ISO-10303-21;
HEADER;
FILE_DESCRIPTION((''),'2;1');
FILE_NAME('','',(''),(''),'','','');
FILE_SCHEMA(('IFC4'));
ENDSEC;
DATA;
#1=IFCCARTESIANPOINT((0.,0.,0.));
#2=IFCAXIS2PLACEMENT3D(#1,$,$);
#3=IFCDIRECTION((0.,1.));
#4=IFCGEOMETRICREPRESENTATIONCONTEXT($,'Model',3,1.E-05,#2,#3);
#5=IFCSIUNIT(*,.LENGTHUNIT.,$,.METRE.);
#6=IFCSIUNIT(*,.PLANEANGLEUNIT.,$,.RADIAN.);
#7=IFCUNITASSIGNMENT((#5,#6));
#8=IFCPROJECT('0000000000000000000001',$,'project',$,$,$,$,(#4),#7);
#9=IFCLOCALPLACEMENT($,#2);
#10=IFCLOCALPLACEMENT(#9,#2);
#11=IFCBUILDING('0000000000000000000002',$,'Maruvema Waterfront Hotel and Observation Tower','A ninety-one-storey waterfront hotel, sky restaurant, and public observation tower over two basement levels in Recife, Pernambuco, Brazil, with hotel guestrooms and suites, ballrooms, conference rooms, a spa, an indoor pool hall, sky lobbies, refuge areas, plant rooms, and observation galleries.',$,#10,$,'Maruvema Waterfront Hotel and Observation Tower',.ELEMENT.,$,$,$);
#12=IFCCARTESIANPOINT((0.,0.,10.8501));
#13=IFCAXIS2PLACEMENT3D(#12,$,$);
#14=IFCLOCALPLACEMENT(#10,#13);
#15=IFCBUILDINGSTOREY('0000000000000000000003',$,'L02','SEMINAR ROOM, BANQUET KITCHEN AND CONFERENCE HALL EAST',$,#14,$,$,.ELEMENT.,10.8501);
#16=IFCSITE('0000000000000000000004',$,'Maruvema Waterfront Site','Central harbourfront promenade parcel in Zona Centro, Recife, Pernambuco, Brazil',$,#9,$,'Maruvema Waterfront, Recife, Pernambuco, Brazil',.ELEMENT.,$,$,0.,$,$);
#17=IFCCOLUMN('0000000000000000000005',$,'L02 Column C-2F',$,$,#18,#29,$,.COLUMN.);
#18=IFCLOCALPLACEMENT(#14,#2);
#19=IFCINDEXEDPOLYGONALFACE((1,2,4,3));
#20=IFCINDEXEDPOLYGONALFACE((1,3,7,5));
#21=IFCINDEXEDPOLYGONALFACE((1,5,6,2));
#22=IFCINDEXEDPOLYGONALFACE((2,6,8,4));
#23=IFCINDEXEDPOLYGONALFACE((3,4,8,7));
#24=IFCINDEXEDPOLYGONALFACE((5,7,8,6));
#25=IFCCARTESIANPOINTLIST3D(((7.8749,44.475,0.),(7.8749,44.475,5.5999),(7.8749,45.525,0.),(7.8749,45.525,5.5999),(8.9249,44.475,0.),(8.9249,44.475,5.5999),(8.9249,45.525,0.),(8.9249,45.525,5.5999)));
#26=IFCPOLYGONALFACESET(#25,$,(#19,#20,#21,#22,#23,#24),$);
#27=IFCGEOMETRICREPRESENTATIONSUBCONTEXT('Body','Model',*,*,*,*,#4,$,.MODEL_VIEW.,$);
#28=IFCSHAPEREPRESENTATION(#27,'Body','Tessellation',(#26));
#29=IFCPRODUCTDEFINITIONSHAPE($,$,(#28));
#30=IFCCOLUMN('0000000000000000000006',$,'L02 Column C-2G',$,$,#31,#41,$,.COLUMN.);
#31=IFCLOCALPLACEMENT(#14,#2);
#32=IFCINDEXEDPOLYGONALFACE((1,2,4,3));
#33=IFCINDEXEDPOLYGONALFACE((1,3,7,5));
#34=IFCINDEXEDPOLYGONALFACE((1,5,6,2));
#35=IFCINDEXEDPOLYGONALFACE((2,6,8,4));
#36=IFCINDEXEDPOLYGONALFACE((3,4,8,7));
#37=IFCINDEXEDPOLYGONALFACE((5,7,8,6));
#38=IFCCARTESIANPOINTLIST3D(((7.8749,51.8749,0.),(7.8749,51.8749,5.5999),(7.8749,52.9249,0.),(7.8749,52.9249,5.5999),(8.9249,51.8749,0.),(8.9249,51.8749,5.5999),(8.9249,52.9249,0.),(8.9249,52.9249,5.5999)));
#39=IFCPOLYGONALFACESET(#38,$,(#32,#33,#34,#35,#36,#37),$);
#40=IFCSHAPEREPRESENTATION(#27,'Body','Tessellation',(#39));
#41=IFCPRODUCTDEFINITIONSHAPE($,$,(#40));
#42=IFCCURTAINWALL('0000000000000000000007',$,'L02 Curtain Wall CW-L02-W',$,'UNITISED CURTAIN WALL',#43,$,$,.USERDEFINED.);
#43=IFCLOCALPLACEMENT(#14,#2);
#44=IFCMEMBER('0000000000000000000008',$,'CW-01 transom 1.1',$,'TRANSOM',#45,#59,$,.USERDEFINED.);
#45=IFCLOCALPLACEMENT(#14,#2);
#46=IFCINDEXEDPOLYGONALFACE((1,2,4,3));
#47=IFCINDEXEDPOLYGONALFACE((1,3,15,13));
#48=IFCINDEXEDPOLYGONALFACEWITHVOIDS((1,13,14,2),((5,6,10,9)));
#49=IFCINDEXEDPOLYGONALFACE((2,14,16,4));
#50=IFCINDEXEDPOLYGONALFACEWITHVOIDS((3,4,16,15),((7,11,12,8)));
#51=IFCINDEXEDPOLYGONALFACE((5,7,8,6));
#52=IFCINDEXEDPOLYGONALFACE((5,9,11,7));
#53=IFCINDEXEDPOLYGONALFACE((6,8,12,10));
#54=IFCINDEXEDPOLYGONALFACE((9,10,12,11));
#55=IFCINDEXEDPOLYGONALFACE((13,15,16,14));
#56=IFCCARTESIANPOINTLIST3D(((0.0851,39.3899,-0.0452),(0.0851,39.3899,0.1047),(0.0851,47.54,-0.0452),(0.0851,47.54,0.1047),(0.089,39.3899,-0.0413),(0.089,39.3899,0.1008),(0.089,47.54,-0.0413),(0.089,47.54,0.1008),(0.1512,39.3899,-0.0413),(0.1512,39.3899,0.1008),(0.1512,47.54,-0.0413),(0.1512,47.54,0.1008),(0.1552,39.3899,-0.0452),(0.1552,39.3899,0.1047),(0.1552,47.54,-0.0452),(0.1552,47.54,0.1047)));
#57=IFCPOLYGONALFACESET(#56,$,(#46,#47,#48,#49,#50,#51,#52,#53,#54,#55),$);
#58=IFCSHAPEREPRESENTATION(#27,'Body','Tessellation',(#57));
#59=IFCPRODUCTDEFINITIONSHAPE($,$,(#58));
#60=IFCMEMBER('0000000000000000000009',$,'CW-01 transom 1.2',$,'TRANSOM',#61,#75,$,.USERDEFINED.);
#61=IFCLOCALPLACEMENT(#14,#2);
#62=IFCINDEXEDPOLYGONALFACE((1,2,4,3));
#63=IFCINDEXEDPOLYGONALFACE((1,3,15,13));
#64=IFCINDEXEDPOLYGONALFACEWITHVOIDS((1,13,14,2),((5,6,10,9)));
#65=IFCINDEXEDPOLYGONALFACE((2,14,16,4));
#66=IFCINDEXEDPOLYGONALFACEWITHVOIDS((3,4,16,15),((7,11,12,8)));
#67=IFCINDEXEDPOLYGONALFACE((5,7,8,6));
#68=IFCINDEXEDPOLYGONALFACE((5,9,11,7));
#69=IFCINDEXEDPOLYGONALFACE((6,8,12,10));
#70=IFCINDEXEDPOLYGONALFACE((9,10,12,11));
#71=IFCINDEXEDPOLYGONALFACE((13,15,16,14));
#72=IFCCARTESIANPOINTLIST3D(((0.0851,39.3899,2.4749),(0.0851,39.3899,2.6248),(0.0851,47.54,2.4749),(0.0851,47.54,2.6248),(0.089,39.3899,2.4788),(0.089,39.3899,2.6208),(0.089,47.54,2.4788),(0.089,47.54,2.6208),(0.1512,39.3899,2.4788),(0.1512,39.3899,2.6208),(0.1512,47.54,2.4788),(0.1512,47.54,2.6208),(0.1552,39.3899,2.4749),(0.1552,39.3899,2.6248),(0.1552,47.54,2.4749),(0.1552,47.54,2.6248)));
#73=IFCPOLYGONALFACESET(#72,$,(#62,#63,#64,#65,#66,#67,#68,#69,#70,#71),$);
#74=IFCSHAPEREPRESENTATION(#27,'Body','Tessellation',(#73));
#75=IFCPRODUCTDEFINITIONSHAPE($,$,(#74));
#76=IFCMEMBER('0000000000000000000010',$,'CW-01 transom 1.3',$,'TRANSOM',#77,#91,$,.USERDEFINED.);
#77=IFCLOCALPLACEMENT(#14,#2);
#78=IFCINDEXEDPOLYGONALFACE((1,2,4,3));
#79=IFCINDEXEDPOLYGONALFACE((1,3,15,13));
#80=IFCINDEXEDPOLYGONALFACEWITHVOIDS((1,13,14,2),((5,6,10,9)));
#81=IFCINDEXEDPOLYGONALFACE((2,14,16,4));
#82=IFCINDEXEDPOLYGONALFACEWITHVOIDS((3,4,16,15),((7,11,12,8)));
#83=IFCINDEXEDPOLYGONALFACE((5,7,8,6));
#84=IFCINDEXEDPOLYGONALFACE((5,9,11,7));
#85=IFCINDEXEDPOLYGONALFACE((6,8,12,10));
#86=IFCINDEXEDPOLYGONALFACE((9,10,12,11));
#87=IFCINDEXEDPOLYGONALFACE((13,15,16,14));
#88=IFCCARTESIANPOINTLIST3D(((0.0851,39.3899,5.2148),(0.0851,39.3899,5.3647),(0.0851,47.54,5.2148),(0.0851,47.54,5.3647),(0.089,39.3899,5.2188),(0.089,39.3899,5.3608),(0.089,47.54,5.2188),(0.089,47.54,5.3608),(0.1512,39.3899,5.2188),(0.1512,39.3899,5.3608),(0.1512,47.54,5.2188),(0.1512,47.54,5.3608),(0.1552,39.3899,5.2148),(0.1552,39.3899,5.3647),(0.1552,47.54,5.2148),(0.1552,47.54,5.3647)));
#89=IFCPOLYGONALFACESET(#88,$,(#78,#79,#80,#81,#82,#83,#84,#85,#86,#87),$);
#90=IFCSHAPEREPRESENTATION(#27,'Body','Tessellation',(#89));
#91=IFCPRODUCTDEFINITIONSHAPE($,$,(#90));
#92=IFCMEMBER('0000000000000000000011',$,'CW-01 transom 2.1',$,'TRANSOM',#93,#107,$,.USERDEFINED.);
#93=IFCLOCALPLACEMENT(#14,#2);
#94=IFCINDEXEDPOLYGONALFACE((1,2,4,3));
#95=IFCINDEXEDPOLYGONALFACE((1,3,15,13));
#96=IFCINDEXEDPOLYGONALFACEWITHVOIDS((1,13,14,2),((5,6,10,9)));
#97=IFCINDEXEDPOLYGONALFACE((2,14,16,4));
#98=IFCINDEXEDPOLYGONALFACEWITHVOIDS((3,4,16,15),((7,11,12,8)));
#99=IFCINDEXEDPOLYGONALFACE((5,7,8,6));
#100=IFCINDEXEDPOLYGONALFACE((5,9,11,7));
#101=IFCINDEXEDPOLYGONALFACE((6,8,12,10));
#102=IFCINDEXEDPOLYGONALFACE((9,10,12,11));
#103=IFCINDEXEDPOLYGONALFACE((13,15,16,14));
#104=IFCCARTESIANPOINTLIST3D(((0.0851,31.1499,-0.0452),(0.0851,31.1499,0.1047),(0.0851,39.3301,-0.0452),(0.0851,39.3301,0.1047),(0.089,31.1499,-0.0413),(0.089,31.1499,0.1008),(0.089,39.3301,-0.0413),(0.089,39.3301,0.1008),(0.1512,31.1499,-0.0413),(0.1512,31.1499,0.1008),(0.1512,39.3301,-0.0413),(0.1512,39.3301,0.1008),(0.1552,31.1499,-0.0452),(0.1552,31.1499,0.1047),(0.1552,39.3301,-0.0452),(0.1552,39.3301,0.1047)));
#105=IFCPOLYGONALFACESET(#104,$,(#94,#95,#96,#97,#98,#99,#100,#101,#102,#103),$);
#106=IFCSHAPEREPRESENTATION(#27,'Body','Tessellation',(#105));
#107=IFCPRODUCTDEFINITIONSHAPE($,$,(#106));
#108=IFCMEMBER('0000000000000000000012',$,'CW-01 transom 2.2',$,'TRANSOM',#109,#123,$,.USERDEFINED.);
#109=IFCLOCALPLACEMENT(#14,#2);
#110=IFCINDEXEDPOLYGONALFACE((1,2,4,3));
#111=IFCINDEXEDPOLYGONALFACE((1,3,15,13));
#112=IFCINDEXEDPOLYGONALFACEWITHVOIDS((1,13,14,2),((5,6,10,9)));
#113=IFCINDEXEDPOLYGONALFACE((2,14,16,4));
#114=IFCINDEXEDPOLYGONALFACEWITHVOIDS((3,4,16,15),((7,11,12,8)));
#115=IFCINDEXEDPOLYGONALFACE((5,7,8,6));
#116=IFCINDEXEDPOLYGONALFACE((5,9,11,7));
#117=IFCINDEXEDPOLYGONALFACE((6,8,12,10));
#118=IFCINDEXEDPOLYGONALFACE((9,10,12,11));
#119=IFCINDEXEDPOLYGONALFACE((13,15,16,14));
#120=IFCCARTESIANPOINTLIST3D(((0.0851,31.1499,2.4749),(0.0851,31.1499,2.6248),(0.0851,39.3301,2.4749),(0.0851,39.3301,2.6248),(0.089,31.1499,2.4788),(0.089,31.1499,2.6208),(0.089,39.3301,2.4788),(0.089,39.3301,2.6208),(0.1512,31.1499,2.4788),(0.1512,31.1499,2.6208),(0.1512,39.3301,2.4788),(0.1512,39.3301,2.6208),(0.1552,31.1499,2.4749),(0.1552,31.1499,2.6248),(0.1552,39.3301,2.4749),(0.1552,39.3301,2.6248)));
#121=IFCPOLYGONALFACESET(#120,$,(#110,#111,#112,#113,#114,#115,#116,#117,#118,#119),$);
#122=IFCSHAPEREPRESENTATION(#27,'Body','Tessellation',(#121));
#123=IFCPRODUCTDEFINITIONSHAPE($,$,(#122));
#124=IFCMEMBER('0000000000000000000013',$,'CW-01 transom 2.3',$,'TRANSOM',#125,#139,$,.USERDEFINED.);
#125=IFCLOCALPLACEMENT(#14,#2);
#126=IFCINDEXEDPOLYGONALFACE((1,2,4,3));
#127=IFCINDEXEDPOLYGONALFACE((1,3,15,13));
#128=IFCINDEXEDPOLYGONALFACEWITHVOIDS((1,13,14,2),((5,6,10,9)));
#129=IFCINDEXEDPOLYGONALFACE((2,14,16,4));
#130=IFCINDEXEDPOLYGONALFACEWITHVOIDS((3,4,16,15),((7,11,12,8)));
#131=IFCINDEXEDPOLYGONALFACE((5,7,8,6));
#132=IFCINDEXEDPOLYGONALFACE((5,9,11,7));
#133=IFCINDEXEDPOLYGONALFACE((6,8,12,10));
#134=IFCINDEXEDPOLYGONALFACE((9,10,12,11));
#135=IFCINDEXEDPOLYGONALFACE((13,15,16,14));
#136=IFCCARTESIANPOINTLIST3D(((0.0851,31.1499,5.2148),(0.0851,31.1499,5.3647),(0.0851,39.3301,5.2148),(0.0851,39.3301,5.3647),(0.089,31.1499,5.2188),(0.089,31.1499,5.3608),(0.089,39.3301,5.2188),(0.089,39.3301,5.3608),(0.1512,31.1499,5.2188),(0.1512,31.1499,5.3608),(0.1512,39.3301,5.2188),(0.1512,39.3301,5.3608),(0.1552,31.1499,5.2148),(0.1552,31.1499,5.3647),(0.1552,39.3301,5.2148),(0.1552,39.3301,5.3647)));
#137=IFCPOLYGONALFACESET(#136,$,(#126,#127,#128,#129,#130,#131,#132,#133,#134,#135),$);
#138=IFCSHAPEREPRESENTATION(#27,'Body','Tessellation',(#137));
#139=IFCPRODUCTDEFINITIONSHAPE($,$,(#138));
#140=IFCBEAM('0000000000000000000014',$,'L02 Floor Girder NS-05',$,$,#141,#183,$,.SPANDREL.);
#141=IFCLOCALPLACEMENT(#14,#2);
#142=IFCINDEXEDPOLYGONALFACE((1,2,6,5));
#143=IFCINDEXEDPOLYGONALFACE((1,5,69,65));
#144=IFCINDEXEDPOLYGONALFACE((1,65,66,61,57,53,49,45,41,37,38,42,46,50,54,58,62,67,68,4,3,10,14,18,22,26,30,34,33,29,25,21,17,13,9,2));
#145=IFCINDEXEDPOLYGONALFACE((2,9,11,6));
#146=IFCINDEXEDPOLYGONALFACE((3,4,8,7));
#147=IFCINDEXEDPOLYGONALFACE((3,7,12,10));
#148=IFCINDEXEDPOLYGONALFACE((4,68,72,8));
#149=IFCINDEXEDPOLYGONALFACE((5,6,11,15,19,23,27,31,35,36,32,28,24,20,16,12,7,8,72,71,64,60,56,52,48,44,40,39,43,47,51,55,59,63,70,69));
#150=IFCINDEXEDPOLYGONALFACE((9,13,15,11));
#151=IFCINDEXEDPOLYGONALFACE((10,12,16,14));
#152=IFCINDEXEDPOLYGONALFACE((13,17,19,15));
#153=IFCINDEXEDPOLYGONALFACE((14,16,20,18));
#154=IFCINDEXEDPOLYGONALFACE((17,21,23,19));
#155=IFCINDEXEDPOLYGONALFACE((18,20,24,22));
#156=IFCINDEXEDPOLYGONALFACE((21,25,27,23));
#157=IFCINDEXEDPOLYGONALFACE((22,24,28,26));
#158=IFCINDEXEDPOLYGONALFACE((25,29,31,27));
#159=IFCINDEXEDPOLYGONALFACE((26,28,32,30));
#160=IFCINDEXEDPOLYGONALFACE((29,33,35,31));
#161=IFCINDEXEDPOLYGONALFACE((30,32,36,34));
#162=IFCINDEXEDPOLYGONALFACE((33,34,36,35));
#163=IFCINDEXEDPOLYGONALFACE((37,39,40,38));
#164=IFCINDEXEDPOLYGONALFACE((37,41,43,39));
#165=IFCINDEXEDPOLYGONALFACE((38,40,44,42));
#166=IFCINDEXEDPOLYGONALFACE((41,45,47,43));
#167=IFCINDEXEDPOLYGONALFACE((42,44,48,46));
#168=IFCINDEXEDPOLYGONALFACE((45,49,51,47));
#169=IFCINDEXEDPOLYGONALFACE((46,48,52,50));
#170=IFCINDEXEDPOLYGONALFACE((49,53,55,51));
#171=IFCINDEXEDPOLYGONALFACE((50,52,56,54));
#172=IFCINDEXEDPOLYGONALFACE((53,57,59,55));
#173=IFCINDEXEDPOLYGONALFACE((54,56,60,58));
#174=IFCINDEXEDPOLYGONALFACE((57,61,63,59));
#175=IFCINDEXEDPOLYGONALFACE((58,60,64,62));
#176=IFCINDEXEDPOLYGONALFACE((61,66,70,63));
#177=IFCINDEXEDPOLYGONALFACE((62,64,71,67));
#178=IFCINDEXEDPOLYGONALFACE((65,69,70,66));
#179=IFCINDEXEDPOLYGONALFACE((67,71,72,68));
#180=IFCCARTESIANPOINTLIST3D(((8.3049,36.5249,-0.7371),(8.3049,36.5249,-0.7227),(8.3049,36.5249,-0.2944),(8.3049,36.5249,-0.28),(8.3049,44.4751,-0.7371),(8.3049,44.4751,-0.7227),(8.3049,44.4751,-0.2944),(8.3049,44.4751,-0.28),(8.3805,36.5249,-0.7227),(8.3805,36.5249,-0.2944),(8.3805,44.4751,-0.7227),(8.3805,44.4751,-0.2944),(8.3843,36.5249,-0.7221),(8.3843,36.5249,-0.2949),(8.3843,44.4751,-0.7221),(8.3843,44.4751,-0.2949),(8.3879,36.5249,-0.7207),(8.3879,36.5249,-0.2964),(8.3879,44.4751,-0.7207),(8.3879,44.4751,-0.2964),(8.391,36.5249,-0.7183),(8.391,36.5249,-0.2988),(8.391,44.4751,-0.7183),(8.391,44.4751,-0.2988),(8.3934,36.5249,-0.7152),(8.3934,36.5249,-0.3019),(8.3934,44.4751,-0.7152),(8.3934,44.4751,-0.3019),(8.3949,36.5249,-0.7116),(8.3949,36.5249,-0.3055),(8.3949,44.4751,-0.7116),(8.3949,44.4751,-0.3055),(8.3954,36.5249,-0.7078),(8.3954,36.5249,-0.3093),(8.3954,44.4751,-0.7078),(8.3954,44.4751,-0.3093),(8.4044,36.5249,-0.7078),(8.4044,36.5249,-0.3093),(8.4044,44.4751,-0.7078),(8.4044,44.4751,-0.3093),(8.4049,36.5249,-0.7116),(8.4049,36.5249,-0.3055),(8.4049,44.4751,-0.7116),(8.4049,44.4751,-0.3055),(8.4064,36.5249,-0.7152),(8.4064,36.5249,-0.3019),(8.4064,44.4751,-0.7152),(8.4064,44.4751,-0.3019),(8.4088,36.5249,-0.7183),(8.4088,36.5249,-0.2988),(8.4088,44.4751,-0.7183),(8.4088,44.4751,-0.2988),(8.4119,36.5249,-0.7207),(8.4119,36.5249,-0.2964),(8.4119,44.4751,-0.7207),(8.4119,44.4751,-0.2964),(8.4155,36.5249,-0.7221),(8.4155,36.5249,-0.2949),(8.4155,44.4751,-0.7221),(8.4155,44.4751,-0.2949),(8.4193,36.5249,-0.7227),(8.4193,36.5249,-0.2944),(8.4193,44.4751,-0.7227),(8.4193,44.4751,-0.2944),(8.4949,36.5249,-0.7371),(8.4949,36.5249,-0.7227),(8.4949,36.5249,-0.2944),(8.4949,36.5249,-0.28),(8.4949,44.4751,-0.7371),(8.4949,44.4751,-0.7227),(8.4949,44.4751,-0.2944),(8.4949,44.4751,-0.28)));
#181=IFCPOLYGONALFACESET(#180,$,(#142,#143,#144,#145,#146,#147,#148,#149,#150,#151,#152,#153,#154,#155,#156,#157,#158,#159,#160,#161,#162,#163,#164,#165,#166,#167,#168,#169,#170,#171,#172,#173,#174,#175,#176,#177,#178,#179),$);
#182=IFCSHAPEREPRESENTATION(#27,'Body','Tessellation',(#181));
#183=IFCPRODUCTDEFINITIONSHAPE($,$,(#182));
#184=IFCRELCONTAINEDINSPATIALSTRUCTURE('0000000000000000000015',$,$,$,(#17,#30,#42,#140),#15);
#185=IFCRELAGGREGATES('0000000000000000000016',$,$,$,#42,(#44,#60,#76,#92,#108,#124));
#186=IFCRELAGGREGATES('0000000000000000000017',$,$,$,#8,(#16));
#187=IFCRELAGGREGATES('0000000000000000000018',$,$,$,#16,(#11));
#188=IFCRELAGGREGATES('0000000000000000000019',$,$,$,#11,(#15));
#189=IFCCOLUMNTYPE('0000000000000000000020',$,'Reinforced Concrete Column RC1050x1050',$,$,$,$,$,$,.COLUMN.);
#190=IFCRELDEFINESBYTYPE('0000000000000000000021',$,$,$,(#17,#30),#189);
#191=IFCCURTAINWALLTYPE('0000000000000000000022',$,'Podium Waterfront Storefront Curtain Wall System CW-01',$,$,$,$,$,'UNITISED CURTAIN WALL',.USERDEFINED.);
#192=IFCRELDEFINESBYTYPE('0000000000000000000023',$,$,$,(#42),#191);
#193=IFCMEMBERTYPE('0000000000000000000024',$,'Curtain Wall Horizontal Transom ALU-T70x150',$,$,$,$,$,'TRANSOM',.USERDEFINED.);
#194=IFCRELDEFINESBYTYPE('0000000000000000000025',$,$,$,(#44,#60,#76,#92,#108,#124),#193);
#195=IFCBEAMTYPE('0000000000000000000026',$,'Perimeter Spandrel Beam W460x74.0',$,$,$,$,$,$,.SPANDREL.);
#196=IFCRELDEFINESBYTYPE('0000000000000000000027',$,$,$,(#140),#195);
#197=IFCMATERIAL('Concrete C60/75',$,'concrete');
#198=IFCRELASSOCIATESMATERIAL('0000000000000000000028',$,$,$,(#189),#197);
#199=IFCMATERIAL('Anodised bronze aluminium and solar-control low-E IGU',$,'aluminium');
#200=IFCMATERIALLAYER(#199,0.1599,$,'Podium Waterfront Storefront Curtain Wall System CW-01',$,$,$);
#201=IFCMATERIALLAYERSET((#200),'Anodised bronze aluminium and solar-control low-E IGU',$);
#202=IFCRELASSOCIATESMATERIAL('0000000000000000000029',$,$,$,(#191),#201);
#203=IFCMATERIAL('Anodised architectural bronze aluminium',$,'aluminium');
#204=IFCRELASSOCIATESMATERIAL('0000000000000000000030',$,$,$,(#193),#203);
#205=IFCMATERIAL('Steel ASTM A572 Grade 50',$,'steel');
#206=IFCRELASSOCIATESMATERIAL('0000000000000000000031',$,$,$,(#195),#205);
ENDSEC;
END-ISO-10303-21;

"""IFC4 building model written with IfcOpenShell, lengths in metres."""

from ifc_helpers import new_model, si_unit, direction, frame, origin, origin_2d, place, context, subcontext, project, spatial, rectangle, hollow_rectangle, i_section, extrude, material, layer, layer_set, material_profile, profile_set, type_object, element, aggregate, save


model = new_model("IFC4")

# Units and contexts
model_context = context("Model", 3, precision=1e-05, world=origin(), true_north=direction((0.0, 1.0)))
body_context = subcontext(model_context, "Body", "Model", "MODEL_VIEW")
ifc_project = project(units=[si_unit("LENGTHUNIT", "METRE"), si_unit("PLANEANGLEUNIT", "RADIAN")], contexts=[model_context])

# Site, building, storey
site_placement = place(None, origin())
site = spatial("IfcSite", under=ifc_project, at=site_placement, Name="Maruvema Waterfront Site", Description="Central harbourfront promenade parcel in Zona Centro, Recife, Pernambuco, Brazil", LongName="Maruvema Waterfront, Recife, Pernambuco, Brazil", CompositionType="ELEMENT", RefElevation=0.0)
building_placement = place(site_placement, origin())
building = spatial("IfcBuilding", under=site, at=building_placement, Name="Maruvema Waterfront Hotel and Observation Tower", Description="A ninety-one-storey waterfront hotel, sky restaurant, and public observation tower over two basement levels in Recife, Pernambuco, Brazil, with hotel guestrooms and suites, ballrooms, conference rooms, a spa, an indoor pool hall, sky lobbies, refuge areas, plant rooms, and observation galleries.", LongName="Maruvema Waterfront Hotel and Observation Tower", CompositionType="ELEMENT")
storey_placement = place(building_placement, frame((0.0, 0.0, 10.8501)))
storey = spatial("IfcBuildingStorey", under=building, at=storey_placement, Name="L02", Description="SEMINAR ROOM, BANQUET KITCHEN AND CONFERENCE HALL EAST", CompositionType="ELEMENT", Elevation=10.8501)

# Columns
ifc_material_1 = material(Name="Concrete C60/75", Category="concrete")
ifc_material_profile_1 = material_profile(ifc_material_1, rectangle(XDim=1.05, YDim=1.05, at=origin_2d()), Name="RC1050x1050")
ifc_profile_set_1 = profile_set([ifc_material_profile_1], Name="Concrete C60/75")
column_type = type_object("IfcColumnType", Name="Reinforced Concrete Column RC1050x1050", PredefinedType="COLUMN", material=ifc_profile_set_1)
for number, where, z_axis, x_axis, name in (
    (1, (8.3999, 45.0, 0.0), (0.0, 0.0, 1.0), (1.0, 0.0, 0.0), "L02 Column C-2F"),
    (2, (8.3999, 52.3999, 0.0), (0.0, 0.0, 1.0), (1.0, 0.0, 0.0), "L02 Column C-2G"),
):
    element("IfcColumn", number, at=place(storey_placement, frame(where, z_axis=z_axis, x_axis=x_axis)), inside=storey, type_object=column_type, Name=name, PredefinedType="COLUMN", context=body_context, shape_type="SweptSolid", body=[
        extrude(rectangle(XDim=1.05, YDim=1.05, at=origin_2d()), origin(), (0.0, 0.0, 1.0), 5.5999),
    ])

# Curtain wall, members
ifc_material_2 = material(Name="Anodised bronze aluminium and solar-control low-E IGU", Category="aluminium")
ifc_layer_1 = layer(ifc_material_2, 0.1599, Name="Podium Waterfront Storefront Curtain Wall System CW-01")
ifc_layer_set_1 = layer_set([ifc_layer_1], Name="Anodised bronze aluminium and solar-control low-E IGU")
curtain_wall_type = type_object("IfcCurtainWallType", Name="Podium Waterfront Storefront Curtain Wall System CW-01", ElementType="UNITISED CURTAIN WALL", PredefinedType="USERDEFINED", material=ifc_layer_set_1)
curtain_wall_1_placement = place(storey_placement, origin())
curtain_wall_1 = element("IfcCurtainWall", 3, at=curtain_wall_1_placement, inside=storey, type_object=curtain_wall_type, Name="L02 Curtain Wall CW-L02-W", ObjectType="UNITISED CURTAIN WALL", PredefinedType="USERDEFINED")
ifc_material_3 = material(Name="Anodised architectural bronze aluminium", Category="aluminium")
ifc_material_profile_2 = material_profile(ifc_material_3, hollow_rectangle(XDim=0.0701, YDim=0.1499, WallThickness=0.0039, at=origin_2d()), Name="ALU-T70x150")
ifc_profile_set_2 = profile_set([ifc_material_profile_2], Name="Anodised architectural bronze aluminium")
member_type_1 = type_object("IfcMemberType", Name="Curtain Wall Horizontal Transom ALU-T70x150", ElementType="TRANSOM", PredefinedType="USERDEFINED", material=ifc_profile_set_2)
member_1_placement = place(storey_placement, frame((0.1201, 47.54, 0.0298), z_axis=(0.0, -1.0, 0.0), x_axis=(1.0, 0.0, 0.0)))
member_1 = element("IfcMember", 4, at=member_1_placement, type_object=member_type_1, Name="CW-01 transom 1.1", ObjectType="TRANSOM", PredefinedType="USERDEFINED", context=body_context, shape_type="SweptSolid", body=[
    extrude(hollow_rectangle(XDim=0.0701, YDim=0.1499, WallThickness=0.0039, at=origin_2d()), origin(), (0.0, 0.0, 1.0), 8.1501),
])
member_2_placement = place(storey_placement, frame((0.1201, 47.54, 2.5498), z_axis=(0.0, -1.0, 0.0), x_axis=(1.0, 0.0, 0.0)))
member_2 = element("IfcMember", 5, at=member_2_placement, type_object=member_type_1, Name="CW-01 transom 1.2", ObjectType="TRANSOM", PredefinedType="USERDEFINED", context=body_context, shape_type="SweptSolid", body=[
    extrude(hollow_rectangle(XDim=0.0701, YDim=0.1499, WallThickness=0.0039, at=origin_2d()), origin(), (0.0, 0.0, 1.0), 8.1501),
])
member_3_placement = place(storey_placement, frame((0.1201, 47.54, 5.2898), z_axis=(0.0, -1.0, 0.0), x_axis=(1.0, 0.0, 0.0)))
member_3 = element("IfcMember", 6, at=member_3_placement, type_object=member_type_1, Name="CW-01 transom 1.3", ObjectType="TRANSOM", PredefinedType="USERDEFINED", context=body_context, shape_type="SweptSolid", body=[
    extrude(hollow_rectangle(XDim=0.0701, YDim=0.1499, WallThickness=0.0039, at=origin_2d()), origin(), (0.0, 0.0, 1.0), 8.1501),
])
member_4_placement = place(storey_placement, frame((0.1201, 39.3301, 0.0298), z_axis=(0.0, -1.0, 0.0), x_axis=(1.0, 0.0, 0.0)))
member_4 = element("IfcMember", 7, at=member_4_placement, type_object=member_type_1, Name="CW-01 transom 2.1", ObjectType="TRANSOM", PredefinedType="USERDEFINED", context=body_context, shape_type="SweptSolid", body=[
    extrude(hollow_rectangle(XDim=0.0701, YDim=0.1499, WallThickness=0.0039, at=origin_2d()), origin(), (0.0, 0.0, 1.0), 8.1802),
])
member_5_placement = place(storey_placement, frame((0.1201, 39.3301, 2.5498), z_axis=(0.0, -1.0, 0.0), x_axis=(1.0, 0.0, 0.0)))
member_5 = element("IfcMember", 8, at=member_5_placement, type_object=member_type_1, Name="CW-01 transom 2.2", ObjectType="TRANSOM", PredefinedType="USERDEFINED", context=body_context, shape_type="SweptSolid", body=[
    extrude(hollow_rectangle(XDim=0.0701, YDim=0.1499, WallThickness=0.0039, at=origin_2d()), origin(), (0.0, 0.0, 1.0), 8.1802),
])
member_6_placement = place(storey_placement, frame((0.1201, 39.3301, 5.2898), z_axis=(0.0, -1.0, 0.0), x_axis=(1.0, 0.0, 0.0)))
member_6 = element("IfcMember", 9, at=member_6_placement, type_object=member_type_1, Name="CW-01 transom 2.3", ObjectType="TRANSOM", PredefinedType="USERDEFINED", context=body_context, shape_type="SweptSolid", body=[
    extrude(hollow_rectangle(XDim=0.0701, YDim=0.1499, WallThickness=0.0039, at=origin_2d()), origin(), (0.0, 0.0, 1.0), 8.1802),
])

# Beam
ifc_material_4 = material(Name="Steel ASTM A572 Grade 50", Category="steel")
ifc_material_profile_3 = material_profile(ifc_material_4, i_section(OverallWidth=0.1899, OverallDepth=0.457, WebThickness=0.009, FlangeThickness=0.0144, FilletRadius=0.0149, at=origin_2d()), Name="W460x74.0")
ifc_profile_set_3 = profile_set([ifc_material_profile_3], Name="Steel ASTM A572 Grade 50")
beam_type_1 = type_object("IfcBeamType", Name="Perimeter Spandrel Beam W460x74.0", PredefinedType="SPANDREL", material=ifc_profile_set_3)
beam_1_placement = place(storey_placement, frame((8.3999, 36.5249, -0.5085), z_axis=(0.0, 1.0, 0.0), x_axis=(-1.0, 0.0, 0.0)))
element("IfcBeam", 10, at=beam_1_placement, inside=storey, type_object=beam_type_1, Name="L02 Floor Girder NS-05", PredefinedType="SPANDREL", context=body_context, shape_type="SweptSolid", body=[
    extrude(i_section(OverallWidth=0.1899, OverallDepth=0.457, WebThickness=0.009, FlangeThickness=0.0144, FilletRadius=0.0149, at=origin_2d()), origin(), (0.0, 0.0, 1.0), 7.9502),
])

aggregate(curtain_wall_1, [member_1, member_2, member_3, member_4, member_5, member_6])

save(model, "model.ifc")
